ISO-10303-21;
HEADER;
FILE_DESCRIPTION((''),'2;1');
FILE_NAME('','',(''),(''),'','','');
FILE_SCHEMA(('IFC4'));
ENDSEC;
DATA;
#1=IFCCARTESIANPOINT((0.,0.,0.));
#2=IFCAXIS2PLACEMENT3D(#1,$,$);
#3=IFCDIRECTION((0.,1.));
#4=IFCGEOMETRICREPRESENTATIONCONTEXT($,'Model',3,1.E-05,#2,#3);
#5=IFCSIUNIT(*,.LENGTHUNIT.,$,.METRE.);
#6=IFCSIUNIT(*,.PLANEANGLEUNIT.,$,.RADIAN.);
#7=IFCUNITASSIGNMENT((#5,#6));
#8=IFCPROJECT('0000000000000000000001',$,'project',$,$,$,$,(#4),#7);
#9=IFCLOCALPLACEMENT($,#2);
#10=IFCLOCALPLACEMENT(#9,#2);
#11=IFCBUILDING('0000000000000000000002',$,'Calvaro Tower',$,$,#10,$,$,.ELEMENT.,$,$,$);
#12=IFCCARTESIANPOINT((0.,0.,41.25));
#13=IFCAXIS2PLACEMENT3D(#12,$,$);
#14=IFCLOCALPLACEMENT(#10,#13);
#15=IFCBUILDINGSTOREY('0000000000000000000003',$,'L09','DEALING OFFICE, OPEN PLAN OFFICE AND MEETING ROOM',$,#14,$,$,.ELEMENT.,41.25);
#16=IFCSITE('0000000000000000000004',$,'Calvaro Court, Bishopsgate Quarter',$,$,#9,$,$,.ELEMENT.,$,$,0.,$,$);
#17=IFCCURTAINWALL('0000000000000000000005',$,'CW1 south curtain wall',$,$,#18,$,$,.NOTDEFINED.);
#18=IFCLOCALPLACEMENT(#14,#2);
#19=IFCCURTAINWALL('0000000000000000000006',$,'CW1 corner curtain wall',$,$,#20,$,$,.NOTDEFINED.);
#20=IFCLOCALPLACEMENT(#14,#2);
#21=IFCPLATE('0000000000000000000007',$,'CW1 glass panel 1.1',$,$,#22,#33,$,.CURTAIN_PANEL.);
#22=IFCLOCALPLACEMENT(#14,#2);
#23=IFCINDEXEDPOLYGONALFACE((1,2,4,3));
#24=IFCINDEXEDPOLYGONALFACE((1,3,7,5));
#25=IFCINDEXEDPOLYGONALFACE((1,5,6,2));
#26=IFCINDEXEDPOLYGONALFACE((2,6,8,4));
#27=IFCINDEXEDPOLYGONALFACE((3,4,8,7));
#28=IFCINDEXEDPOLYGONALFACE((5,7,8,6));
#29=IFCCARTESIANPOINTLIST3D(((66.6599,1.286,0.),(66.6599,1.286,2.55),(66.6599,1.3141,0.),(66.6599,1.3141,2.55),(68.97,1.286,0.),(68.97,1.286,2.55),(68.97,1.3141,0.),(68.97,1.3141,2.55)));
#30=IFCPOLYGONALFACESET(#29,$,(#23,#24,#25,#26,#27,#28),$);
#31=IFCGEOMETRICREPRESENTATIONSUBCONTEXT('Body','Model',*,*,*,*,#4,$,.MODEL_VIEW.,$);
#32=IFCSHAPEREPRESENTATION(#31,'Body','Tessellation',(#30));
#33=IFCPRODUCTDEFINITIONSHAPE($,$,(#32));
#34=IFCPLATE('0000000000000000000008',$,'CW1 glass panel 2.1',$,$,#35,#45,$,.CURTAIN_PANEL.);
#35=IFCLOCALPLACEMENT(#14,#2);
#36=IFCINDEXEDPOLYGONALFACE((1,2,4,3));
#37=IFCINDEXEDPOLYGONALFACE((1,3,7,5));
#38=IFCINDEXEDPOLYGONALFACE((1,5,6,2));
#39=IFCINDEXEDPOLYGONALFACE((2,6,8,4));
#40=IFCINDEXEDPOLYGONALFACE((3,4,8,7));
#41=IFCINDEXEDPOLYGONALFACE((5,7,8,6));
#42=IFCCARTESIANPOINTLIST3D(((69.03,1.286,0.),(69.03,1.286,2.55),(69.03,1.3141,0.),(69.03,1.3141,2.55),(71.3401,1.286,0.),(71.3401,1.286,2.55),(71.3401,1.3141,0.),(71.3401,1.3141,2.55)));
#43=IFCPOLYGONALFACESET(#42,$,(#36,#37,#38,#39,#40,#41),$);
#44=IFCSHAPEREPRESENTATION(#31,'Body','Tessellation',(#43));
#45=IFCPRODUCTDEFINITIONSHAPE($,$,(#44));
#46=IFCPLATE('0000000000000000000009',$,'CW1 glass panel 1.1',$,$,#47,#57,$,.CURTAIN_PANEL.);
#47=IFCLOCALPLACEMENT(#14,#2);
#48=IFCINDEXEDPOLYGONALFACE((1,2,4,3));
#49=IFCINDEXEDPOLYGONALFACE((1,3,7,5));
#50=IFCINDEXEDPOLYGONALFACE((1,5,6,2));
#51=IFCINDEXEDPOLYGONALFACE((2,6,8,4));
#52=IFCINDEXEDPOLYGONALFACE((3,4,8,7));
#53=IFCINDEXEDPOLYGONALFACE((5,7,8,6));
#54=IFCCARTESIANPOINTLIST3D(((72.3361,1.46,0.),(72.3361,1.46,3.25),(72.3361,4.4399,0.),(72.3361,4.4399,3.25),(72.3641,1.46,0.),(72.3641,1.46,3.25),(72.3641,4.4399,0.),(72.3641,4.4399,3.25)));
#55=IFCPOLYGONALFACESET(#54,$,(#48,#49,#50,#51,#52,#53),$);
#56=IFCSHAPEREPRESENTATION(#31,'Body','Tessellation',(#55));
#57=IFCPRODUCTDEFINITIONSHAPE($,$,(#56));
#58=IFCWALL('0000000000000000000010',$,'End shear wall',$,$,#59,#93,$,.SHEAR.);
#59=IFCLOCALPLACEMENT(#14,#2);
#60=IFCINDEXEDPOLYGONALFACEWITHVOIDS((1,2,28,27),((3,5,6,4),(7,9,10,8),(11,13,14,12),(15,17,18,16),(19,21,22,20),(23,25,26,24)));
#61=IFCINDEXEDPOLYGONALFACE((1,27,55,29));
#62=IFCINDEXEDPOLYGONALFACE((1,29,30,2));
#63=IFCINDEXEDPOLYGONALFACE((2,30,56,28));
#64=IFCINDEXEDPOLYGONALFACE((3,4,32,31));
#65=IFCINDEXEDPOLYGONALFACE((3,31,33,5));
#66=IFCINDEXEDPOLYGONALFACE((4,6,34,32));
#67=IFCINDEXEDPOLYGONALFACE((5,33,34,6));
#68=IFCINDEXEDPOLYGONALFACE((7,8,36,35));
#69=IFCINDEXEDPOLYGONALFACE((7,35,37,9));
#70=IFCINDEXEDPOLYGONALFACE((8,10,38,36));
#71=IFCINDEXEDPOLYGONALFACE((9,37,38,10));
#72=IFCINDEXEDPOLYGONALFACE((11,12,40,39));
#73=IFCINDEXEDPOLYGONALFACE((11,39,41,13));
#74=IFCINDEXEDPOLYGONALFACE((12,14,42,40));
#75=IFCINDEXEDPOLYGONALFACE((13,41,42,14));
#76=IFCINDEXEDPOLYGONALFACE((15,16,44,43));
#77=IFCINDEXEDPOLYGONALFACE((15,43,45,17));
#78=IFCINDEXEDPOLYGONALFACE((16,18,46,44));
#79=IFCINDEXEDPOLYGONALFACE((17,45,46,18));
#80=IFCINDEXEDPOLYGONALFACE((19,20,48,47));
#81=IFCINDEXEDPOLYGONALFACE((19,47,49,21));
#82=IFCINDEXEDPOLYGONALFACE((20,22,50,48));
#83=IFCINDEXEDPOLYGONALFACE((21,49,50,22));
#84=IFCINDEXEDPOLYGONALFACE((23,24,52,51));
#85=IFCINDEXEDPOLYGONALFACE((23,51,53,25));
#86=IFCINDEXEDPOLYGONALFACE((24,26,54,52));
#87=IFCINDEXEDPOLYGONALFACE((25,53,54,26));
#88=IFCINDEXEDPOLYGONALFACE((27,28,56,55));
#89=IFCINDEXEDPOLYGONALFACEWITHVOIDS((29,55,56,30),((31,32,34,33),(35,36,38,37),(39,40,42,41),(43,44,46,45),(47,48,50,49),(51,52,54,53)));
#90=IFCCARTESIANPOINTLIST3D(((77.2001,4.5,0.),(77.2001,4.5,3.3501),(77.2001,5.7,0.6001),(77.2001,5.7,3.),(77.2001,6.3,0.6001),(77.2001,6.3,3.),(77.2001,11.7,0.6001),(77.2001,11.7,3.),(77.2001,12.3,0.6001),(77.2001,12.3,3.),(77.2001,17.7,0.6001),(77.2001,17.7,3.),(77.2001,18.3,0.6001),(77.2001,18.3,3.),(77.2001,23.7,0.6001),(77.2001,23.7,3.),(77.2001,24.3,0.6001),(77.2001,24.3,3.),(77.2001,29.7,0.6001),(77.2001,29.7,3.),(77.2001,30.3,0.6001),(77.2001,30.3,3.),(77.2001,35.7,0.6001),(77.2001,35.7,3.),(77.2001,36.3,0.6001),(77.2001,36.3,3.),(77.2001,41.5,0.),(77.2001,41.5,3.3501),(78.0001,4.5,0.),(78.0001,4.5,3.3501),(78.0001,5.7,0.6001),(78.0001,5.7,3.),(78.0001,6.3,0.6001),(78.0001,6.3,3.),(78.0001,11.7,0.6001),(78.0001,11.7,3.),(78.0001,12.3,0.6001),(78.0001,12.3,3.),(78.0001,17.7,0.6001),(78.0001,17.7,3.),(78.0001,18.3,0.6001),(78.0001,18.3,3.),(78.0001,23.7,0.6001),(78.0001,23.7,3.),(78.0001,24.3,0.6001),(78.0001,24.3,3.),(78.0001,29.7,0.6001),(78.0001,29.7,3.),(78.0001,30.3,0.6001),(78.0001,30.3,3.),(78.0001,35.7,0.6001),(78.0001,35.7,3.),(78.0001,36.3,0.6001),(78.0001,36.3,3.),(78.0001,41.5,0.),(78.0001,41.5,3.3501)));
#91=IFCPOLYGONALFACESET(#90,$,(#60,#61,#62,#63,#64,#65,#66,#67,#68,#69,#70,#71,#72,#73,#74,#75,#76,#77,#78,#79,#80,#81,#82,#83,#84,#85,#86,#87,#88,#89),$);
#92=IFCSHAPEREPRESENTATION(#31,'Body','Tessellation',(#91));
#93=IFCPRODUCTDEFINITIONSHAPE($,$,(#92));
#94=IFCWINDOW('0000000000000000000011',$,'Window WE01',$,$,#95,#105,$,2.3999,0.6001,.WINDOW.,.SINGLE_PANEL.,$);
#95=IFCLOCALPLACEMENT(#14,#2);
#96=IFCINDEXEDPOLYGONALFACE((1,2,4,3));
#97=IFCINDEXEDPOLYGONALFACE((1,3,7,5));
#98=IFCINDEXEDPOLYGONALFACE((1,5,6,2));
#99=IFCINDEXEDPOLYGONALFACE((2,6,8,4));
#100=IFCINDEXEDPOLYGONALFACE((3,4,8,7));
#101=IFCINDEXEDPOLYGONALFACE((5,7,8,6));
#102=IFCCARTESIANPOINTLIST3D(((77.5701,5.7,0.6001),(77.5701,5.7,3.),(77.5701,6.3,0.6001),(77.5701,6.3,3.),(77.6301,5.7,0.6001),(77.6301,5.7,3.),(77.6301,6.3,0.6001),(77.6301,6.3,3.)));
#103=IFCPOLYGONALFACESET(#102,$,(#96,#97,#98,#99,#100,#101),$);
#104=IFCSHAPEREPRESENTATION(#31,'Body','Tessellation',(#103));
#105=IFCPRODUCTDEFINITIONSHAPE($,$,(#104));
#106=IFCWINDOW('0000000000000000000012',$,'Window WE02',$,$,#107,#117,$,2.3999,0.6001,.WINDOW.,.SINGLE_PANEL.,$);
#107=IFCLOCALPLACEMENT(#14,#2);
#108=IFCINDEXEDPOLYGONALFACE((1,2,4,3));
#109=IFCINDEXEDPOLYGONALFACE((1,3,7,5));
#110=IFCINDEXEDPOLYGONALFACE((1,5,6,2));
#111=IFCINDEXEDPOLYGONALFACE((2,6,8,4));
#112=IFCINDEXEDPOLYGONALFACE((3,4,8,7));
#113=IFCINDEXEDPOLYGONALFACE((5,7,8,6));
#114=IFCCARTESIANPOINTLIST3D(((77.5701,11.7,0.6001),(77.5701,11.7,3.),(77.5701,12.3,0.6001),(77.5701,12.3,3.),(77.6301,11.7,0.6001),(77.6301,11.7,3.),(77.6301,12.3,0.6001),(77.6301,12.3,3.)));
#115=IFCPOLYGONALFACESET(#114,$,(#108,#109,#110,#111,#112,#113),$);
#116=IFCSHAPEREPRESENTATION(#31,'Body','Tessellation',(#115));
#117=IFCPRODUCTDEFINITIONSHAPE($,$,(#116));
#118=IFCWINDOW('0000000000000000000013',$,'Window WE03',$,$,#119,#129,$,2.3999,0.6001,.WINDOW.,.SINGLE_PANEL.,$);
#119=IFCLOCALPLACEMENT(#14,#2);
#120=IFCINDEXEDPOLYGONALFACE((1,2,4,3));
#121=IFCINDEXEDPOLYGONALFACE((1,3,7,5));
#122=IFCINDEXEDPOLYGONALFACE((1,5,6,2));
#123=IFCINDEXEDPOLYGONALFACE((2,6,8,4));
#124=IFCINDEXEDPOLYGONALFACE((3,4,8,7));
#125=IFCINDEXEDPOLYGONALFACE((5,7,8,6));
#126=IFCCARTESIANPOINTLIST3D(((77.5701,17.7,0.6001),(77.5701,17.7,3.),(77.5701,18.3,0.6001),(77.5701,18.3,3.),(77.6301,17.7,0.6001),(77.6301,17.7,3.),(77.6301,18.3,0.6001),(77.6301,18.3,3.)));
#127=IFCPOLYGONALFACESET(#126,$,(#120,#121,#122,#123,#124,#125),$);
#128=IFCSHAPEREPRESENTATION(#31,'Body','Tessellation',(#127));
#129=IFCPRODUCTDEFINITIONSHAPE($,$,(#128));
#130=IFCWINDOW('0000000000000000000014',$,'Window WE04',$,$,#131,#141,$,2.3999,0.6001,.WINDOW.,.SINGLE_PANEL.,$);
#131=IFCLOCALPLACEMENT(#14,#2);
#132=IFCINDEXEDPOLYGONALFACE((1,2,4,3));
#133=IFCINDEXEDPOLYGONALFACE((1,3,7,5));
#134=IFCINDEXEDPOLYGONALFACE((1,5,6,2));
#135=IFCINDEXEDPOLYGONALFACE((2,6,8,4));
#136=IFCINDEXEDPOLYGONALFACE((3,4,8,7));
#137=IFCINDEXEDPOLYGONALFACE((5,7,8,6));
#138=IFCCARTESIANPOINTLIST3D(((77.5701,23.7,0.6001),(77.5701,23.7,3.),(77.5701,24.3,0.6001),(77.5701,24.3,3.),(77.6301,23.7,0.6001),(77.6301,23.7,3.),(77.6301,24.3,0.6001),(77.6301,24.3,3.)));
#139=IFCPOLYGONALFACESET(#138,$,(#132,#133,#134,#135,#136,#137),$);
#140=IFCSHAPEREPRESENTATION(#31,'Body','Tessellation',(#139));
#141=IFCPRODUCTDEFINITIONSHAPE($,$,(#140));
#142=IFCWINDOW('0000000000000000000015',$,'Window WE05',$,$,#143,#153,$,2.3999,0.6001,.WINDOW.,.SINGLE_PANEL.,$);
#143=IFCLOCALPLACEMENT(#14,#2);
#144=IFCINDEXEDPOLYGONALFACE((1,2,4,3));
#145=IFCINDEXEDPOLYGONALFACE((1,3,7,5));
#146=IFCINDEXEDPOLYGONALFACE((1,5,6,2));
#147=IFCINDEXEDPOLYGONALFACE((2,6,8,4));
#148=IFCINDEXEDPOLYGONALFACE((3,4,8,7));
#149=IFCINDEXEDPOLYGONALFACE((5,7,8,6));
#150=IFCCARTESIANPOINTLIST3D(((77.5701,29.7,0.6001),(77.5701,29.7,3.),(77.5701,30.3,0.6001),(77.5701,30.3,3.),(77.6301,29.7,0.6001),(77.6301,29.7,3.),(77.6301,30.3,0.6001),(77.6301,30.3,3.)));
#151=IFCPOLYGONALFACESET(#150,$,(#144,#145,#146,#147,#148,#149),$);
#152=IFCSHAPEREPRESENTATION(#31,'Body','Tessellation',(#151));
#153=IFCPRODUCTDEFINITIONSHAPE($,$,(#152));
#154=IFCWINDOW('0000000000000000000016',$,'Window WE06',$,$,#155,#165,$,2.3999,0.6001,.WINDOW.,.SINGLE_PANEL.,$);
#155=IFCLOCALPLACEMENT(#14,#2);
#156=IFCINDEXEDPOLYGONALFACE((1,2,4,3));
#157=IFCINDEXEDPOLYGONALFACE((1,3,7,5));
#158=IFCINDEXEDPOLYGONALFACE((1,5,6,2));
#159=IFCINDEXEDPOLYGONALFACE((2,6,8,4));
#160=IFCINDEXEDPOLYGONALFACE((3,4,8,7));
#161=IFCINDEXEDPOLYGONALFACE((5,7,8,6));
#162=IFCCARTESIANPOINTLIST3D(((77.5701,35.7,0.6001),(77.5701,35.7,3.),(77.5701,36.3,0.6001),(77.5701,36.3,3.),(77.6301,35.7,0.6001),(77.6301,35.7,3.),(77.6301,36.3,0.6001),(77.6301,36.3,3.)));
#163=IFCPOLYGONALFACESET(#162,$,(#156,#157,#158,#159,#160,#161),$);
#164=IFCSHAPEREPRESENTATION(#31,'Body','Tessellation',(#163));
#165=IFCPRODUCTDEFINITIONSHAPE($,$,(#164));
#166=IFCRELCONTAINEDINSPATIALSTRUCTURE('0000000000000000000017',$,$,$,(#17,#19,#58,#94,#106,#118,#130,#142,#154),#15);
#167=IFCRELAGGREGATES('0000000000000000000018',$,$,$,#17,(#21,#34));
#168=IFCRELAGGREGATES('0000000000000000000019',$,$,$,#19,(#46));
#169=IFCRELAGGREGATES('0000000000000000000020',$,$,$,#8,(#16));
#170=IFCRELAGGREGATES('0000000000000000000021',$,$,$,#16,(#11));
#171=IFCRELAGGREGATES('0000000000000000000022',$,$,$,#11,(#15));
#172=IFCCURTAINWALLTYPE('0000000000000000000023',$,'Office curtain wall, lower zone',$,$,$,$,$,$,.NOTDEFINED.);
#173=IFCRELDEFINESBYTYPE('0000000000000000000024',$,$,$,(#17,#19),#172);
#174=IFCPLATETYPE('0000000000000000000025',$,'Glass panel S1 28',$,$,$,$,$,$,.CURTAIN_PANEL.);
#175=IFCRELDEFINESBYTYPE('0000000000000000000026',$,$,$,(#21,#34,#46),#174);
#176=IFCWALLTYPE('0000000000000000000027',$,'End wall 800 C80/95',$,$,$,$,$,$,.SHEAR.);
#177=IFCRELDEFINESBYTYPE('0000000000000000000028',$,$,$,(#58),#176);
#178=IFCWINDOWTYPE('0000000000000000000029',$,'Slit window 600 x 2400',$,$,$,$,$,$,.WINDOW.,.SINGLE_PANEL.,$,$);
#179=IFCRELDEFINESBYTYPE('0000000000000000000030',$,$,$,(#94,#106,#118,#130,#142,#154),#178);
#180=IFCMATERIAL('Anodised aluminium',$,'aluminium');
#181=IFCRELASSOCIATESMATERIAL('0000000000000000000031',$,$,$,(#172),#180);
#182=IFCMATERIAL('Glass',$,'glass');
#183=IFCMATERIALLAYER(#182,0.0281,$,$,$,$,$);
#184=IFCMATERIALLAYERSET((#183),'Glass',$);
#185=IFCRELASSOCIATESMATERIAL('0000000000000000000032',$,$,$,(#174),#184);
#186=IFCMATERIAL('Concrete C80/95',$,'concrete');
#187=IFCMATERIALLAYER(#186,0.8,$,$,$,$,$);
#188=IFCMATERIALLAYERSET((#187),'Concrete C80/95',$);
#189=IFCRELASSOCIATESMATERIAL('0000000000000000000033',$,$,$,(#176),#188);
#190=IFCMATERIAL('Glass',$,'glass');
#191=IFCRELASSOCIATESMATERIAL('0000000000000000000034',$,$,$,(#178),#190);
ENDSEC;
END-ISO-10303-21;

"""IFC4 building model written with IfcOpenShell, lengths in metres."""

from ifc_helpers import new_model, si_unit, direction, frame, frame_2d, origin, origin_2d, place, context, subcontext, project, spatial, rectangle, extrude, material, layer, layer_set, type_object, element, fill, aggregate, save


model = new_model("IFC4")

# Units and contexts
model_context = context("Model", 3, precision=1e-05, world=origin(), true_north=direction((0.0, 1.0)))
body_context = subcontext(model_context, "Body", "Model", "MODEL_VIEW")
ifc_project = project(units=[si_unit("LENGTHUNIT", "METRE"), si_unit("PLANEANGLEUNIT", "RADIAN")], contexts=[model_context])

# Site, building, storey
site_placement = place(None, origin())
site = spatial("IfcSite", under=ifc_project, at=site_placement, Name="Calvaro Court, Bishopsgate Quarter", CompositionType="ELEMENT", RefElevation=0.0)
building_placement = place(site_placement, origin())
building = spatial("IfcBuilding", under=site, at=building_placement, Name="Calvaro Tower", CompositionType="ELEMENT")
storey_placement = place(building_placement, frame((0.0, 0.0, 41.25)))
storey = spatial("IfcBuildingStorey", under=building, at=storey_placement, Name="L09", Description="DEALING OFFICE, OPEN PLAN OFFICE AND MEETING ROOM", CompositionType="ELEMENT", Elevation=41.25)

# Shared definitions
ifc_material_1 = material(Name="Anodised aluminium", Category="aluminium")
curtain_wall_type = type_object("IfcCurtainWallType", Name="Office curtain wall, lower zone", PredefinedType="NOTDEFINED", material=ifc_material_1)

# Curtain walls
curtain_wall_1_placement = place(storey_placement, origin())
curtain_wall_1 = element("IfcCurtainWall", 1, at=curtain_wall_1_placement, inside=storey, type_object=curtain_wall_type, Name="CW1 south curtain wall", PredefinedType="NOTDEFINED")
curtain_wall_2_placement = place(storey_placement, origin())
curtain_wall_2 = element("IfcCurtainWall", 2, at=curtain_wall_2_placement, inside=storey, type_object=curtain_wall_type, Name="CW1 corner curtain wall", PredefinedType="NOTDEFINED")

# Plates
ifc_material_2 = material(Name="Glass", Category="glass")
ifc_layer_1 = layer(ifc_material_2, 0.0281)
ifc_layer_set_1 = layer_set([ifc_layer_1], Name="Glass")
plate_type = type_object("IfcPlateType", Name="Glass panel S1 28", PredefinedType="CURTAIN_PANEL", material=ifc_layer_set_1)
plate_1_placement = place(storey_placement, frame((67.8149, 1.3, 0.0), z_axis=(0.0, 0.0, 1.0), x_axis=(1.0, 0.0, 0.0)))
plate_1 = element("IfcPlate", 3, at=plate_1_placement, type_object=plate_type, Name="CW1 glass panel 1.1", PredefinedType="CURTAIN_PANEL", context=body_context, shape_type="SweptSolid", body=[
    extrude(rectangle(XDim=2.3101, YDim=0.0281, at=origin_2d()), origin(), (0.0, 0.0, 1.0), 2.55),
])
plate_2_placement = place(storey_placement, frame((70.1851, 1.3, 0.0), z_axis=(0.0, 0.0, 1.0), x_axis=(1.0, 0.0, 0.0)))
plate_2 = element("IfcPlate", 4, at=plate_2_placement, type_object=plate_type, Name="CW1 glass panel 2.1", PredefinedType="CURTAIN_PANEL", context=body_context, shape_type="SweptSolid", body=[
    extrude(rectangle(XDim=2.3101, YDim=0.0281, at=origin_2d()), origin(), (0.0, 0.0, 1.0), 2.55),
])
aggregate(curtain_wall_1, [plate_1, plate_2])
plate_3_placement = place(storey_placement, frame((72.3501, 2.95, 0.0), z_axis=(0.0, 0.0, 1.0), x_axis=(0.0, 1.0, 0.0)))
plate_3 = element("IfcPlate", 5, at=plate_3_placement, type_object=plate_type, Name="CW1 glass panel 1.1", PredefinedType="CURTAIN_PANEL", context=body_context, shape_type="SweptSolid", body=[
    extrude(rectangle(XDim=2.98, YDim=0.0281, at=origin_2d()), origin(), (0.0, 0.0, 1.0), 3.25),
])
aggregate(curtain_wall_2, [plate_3])

# Wall, openings, windows
ifc_material_3 = material(Name="Concrete C80/95", Category="concrete")
ifc_layer_2 = layer(ifc_material_3, 0.8)
ifc_layer_set_2 = layer_set([ifc_layer_2], Name="Concrete C80/95")
wall_type = type_object("IfcWallType", Name="End wall 800 C80/95", PredefinedType="SHEAR", material=ifc_layer_set_2)
wall_placement = place(storey_placement, frame((77.6001, 4.5, 0.0), z_axis=(0.0, 0.0, 1.0), x_axis=(0.0, 1.0, 0.0)))
wall = element("IfcWall", 6, at=wall_placement, inside=storey, type_object=wall_type, Name="End shear wall", PredefinedType="SHEAR", context=body_context, shape_type="SweptSolid", body=[
    extrude(rectangle(XDim=37.0, YDim=0.8, at=frame_2d((18.5, 0.0))), origin(), (0.0, 0.0, 1.0), 3.3501),
])
opening_1_placement = place(wall_placement, frame((1.2, 0.0, 0.6001)))
opening_1 = element("IfcOpeningElement", 7, at=opening_1_placement, cuts=wall, PredefinedType="OPENING", context=body_context, shape_type="SweptSolid", body=[
    extrude(rectangle(XDim=0.6001, YDim=2.3999, at=frame_2d((0.3, 1.2))), frame((0.0, 0.4099, 0.0), z_axis=(0.0, -1.0, 0.0), x_axis=(1.0, 0.0, 0.0)), (0.0, 0.0, 1.0), 0.8201),
])
opening_2_placement = place(wall_placement, frame((7.2, 0.0, 0.6001)))
opening_2 = element("IfcOpeningElement", 8, at=opening_2_placement, cuts=wall, PredefinedType="OPENING", context=body_context, shape_type="SweptSolid", body=[
    extrude(rectangle(XDim=0.6001, YDim=2.3999, at=frame_2d((0.3, 1.2))), frame((0.0, 0.4099, 0.0), z_axis=(0.0, -1.0, 0.0), x_axis=(1.0, 0.0, 0.0)), (0.0, 0.0, 1.0), 0.8201),
])
opening_3_placement = place(wall_placement, frame((13.2, 0.0, 0.6001)))
opening_3 = element("IfcOpeningElement", 9, at=opening_3_placement, cuts=wall, PredefinedType="OPENING", context=body_context, shape_type="SweptSolid", body=[
    extrude(rectangle(XDim=0.6001, YDim=2.3999, at=frame_2d((0.3, 1.2))), frame((0.0, 0.4099, 0.0), z_axis=(0.0, -1.0, 0.0), x_axis=(1.0, 0.0, 0.0)), (0.0, 0.0, 1.0), 0.8201),
])
opening_4_placement = place(wall_placement, frame((19.2, 0.0, 0.6001)))
opening_4 = element("IfcOpeningElement", 10, at=opening_4_placement, cuts=wall, PredefinedType="OPENING", context=body_context, shape_type="SweptSolid", body=[
    extrude(rectangle(XDim=0.6001, YDim=2.3999, at=frame_2d((0.3, 1.2))), frame((0.0, 0.4099, 0.0), z_axis=(0.0, -1.0, 0.0), x_axis=(1.0, 0.0, 0.0)), (0.0, 0.0, 1.0), 0.8201),
])
opening_5_placement = place(wall_placement, frame((25.2, 0.0, 0.6001)))
opening_5 = element("IfcOpeningElement", 11, at=opening_5_placement, cuts=wall, PredefinedType="OPENING", context=body_context, shape_type="SweptSolid", body=[
    extrude(rectangle(XDim=0.6001, YDim=2.3999, at=frame_2d((0.3, 1.2))), frame((0.0, 0.4099, 0.0), z_axis=(0.0, -1.0, 0.0), x_axis=(1.0, 0.0, 0.0)), (0.0, 0.0, 1.0), 0.8201),
])
opening_6_placement = place(wall_placement, frame((31.2, 0.0, 0.6001)))
opening_6 = element("IfcOpeningElement", 12, at=opening_6_placement, cuts=wall, PredefinedType="OPENING", context=body_context, shape_type="SweptSolid", body=[
    extrude(rectangle(XDim=0.6001, YDim=2.3999, at=frame_2d((0.3, 1.2))), frame((0.0, 0.4099, 0.0), z_axis=(0.0, -1.0, 0.0), x_axis=(1.0, 0.0, 0.0)), (0.0, 0.0, 1.0), 0.8201),
])
ifc_material_4 = material(Name="Glass", Category="glass")
window_type = type_object("IfcWindowType", Name="Slit window 600 x 2400", PartitioningType="SINGLE_PANEL", PredefinedType="WINDOW", material=ifc_material_4)
window_1_placement = place(opening_1_placement, origin())
window_1 = element("IfcWindow", 13, at=window_1_placement, inside=storey, type_object=window_type, Name="Window WE01", OverallHeight=2.3999, OverallWidth=0.6001, PartitioningType="SINGLE_PANEL", PredefinedType="WINDOW", context=body_context, shape_type="SweptSolid", body=[
    extrude(rectangle(XDim=0.6001, YDim=2.3999, at=frame_2d((0.3, 1.2))), frame((0.0, 0.03, 0.0), z_axis=(0.0, -1.0, 0.0), x_axis=(1.0, 0.0, 0.0)), (0.0, 0.0, 1.0), 0.0601),
])
fill(opening_1, window_1)
window_2_placement = place(opening_2_placement, origin())
window_2 = element("IfcWindow", 14, at=window_2_placement, inside=storey, type_object=window_type, Name="Window WE02", OverallHeight=2.3999, OverallWidth=0.6001, PartitioningType="SINGLE_PANEL", PredefinedType="WINDOW", context=body_context, shape_type="SweptSolid", body=[
    extrude(rectangle(XDim=0.6001, YDim=2.3999, at=frame_2d((0.3, 1.2))), frame((0.0, 0.03, 0.0), z_axis=(0.0, -1.0, 0.0), x_axis=(1.0, 0.0, 0.0)), (0.0, 0.0, 1.0), 0.0601),
])
fill(opening_2, window_2)
window_3_placement = place(opening_3_placement, origin())
window_3 = element("IfcWindow", 15, at=window_3_placement, inside=storey, type_object=window_type, Name="Window WE03", OverallHeight=2.3999, OverallWidth=0.6001, PartitioningType="SINGLE_PANEL", PredefinedType="WINDOW", context=body_context, shape_type="SweptSolid", body=[
    extrude(rectangle(XDim=0.6001, YDim=2.3999, at=frame_2d((0.3, 1.2))), frame((0.0, 0.03, 0.0), z_axis=(0.0, -1.0, 0.0), x_axis=(1.0, 0.0, 0.0)), (0.0, 0.0, 1.0), 0.0601),
])
fill(opening_3, window_3)
window_4_placement = place(opening_4_placement, origin())
window_4 = element("IfcWindow", 16, at=window_4_placement, inside=storey, type_object=window_type, Name="Window WE04", OverallHeight=2.3999, OverallWidth=0.6001, PartitioningType="SINGLE_PANEL", PredefinedType="WINDOW", context=body_context, shape_type="SweptSolid", body=[
    extrude(rectangle(XDim=0.6001, YDim=2.3999, at=frame_2d((0.3, 1.2))), frame((0.0, 0.03, 0.0), z_axis=(0.0, -1.0, 0.0), x_axis=(1.0, 0.0, 0.0)), (0.0, 0.0, 1.0), 0.0601),
])
fill(opening_4, window_4)
window_5_placement = place(opening_5_placement, origin())
window_5 = element("IfcWindow", 17, at=window_5_placement, inside=storey, type_object=window_type, Name="Window WE05", OverallHeight=2.3999, OverallWidth=0.6001, PartitioningType="SINGLE_PANEL", PredefinedType="WINDOW", context=body_context, shape_type="SweptSolid", body=[
    extrude(rectangle(XDim=0.6001, YDim=2.3999, at=frame_2d((0.3, 1.2))), frame((0.0, 0.03, 0.0), z_axis=(0.0, -1.0, 0.0), x_axis=(1.0, 0.0, 0.0)), (0.0, 0.0, 1.0), 0.0601),
])
fill(opening_5, window_5)
window_6_placement = place(opening_6_placement, origin())
window_6 = element("IfcWindow", 18, at=window_6_placement, inside=storey, type_object=window_type, Name="Window WE06", OverallHeight=2.3999, OverallWidth=0.6001, PartitioningType="SINGLE_PANEL", PredefinedType="WINDOW", context=body_context, shape_type="SweptSolid", body=[
    extrude(rectangle(XDim=0.6001, YDim=2.3999, at=frame_2d((0.3, 1.2))), frame((0.0, 0.03, 0.0), z_axis=(0.0, -1.0, 0.0), x_axis=(1.0, 0.0, 0.0)), (0.0, 0.0, 1.0), 0.0601),
])
fill(opening_6, window_6)

save(model, "model.ifc")
